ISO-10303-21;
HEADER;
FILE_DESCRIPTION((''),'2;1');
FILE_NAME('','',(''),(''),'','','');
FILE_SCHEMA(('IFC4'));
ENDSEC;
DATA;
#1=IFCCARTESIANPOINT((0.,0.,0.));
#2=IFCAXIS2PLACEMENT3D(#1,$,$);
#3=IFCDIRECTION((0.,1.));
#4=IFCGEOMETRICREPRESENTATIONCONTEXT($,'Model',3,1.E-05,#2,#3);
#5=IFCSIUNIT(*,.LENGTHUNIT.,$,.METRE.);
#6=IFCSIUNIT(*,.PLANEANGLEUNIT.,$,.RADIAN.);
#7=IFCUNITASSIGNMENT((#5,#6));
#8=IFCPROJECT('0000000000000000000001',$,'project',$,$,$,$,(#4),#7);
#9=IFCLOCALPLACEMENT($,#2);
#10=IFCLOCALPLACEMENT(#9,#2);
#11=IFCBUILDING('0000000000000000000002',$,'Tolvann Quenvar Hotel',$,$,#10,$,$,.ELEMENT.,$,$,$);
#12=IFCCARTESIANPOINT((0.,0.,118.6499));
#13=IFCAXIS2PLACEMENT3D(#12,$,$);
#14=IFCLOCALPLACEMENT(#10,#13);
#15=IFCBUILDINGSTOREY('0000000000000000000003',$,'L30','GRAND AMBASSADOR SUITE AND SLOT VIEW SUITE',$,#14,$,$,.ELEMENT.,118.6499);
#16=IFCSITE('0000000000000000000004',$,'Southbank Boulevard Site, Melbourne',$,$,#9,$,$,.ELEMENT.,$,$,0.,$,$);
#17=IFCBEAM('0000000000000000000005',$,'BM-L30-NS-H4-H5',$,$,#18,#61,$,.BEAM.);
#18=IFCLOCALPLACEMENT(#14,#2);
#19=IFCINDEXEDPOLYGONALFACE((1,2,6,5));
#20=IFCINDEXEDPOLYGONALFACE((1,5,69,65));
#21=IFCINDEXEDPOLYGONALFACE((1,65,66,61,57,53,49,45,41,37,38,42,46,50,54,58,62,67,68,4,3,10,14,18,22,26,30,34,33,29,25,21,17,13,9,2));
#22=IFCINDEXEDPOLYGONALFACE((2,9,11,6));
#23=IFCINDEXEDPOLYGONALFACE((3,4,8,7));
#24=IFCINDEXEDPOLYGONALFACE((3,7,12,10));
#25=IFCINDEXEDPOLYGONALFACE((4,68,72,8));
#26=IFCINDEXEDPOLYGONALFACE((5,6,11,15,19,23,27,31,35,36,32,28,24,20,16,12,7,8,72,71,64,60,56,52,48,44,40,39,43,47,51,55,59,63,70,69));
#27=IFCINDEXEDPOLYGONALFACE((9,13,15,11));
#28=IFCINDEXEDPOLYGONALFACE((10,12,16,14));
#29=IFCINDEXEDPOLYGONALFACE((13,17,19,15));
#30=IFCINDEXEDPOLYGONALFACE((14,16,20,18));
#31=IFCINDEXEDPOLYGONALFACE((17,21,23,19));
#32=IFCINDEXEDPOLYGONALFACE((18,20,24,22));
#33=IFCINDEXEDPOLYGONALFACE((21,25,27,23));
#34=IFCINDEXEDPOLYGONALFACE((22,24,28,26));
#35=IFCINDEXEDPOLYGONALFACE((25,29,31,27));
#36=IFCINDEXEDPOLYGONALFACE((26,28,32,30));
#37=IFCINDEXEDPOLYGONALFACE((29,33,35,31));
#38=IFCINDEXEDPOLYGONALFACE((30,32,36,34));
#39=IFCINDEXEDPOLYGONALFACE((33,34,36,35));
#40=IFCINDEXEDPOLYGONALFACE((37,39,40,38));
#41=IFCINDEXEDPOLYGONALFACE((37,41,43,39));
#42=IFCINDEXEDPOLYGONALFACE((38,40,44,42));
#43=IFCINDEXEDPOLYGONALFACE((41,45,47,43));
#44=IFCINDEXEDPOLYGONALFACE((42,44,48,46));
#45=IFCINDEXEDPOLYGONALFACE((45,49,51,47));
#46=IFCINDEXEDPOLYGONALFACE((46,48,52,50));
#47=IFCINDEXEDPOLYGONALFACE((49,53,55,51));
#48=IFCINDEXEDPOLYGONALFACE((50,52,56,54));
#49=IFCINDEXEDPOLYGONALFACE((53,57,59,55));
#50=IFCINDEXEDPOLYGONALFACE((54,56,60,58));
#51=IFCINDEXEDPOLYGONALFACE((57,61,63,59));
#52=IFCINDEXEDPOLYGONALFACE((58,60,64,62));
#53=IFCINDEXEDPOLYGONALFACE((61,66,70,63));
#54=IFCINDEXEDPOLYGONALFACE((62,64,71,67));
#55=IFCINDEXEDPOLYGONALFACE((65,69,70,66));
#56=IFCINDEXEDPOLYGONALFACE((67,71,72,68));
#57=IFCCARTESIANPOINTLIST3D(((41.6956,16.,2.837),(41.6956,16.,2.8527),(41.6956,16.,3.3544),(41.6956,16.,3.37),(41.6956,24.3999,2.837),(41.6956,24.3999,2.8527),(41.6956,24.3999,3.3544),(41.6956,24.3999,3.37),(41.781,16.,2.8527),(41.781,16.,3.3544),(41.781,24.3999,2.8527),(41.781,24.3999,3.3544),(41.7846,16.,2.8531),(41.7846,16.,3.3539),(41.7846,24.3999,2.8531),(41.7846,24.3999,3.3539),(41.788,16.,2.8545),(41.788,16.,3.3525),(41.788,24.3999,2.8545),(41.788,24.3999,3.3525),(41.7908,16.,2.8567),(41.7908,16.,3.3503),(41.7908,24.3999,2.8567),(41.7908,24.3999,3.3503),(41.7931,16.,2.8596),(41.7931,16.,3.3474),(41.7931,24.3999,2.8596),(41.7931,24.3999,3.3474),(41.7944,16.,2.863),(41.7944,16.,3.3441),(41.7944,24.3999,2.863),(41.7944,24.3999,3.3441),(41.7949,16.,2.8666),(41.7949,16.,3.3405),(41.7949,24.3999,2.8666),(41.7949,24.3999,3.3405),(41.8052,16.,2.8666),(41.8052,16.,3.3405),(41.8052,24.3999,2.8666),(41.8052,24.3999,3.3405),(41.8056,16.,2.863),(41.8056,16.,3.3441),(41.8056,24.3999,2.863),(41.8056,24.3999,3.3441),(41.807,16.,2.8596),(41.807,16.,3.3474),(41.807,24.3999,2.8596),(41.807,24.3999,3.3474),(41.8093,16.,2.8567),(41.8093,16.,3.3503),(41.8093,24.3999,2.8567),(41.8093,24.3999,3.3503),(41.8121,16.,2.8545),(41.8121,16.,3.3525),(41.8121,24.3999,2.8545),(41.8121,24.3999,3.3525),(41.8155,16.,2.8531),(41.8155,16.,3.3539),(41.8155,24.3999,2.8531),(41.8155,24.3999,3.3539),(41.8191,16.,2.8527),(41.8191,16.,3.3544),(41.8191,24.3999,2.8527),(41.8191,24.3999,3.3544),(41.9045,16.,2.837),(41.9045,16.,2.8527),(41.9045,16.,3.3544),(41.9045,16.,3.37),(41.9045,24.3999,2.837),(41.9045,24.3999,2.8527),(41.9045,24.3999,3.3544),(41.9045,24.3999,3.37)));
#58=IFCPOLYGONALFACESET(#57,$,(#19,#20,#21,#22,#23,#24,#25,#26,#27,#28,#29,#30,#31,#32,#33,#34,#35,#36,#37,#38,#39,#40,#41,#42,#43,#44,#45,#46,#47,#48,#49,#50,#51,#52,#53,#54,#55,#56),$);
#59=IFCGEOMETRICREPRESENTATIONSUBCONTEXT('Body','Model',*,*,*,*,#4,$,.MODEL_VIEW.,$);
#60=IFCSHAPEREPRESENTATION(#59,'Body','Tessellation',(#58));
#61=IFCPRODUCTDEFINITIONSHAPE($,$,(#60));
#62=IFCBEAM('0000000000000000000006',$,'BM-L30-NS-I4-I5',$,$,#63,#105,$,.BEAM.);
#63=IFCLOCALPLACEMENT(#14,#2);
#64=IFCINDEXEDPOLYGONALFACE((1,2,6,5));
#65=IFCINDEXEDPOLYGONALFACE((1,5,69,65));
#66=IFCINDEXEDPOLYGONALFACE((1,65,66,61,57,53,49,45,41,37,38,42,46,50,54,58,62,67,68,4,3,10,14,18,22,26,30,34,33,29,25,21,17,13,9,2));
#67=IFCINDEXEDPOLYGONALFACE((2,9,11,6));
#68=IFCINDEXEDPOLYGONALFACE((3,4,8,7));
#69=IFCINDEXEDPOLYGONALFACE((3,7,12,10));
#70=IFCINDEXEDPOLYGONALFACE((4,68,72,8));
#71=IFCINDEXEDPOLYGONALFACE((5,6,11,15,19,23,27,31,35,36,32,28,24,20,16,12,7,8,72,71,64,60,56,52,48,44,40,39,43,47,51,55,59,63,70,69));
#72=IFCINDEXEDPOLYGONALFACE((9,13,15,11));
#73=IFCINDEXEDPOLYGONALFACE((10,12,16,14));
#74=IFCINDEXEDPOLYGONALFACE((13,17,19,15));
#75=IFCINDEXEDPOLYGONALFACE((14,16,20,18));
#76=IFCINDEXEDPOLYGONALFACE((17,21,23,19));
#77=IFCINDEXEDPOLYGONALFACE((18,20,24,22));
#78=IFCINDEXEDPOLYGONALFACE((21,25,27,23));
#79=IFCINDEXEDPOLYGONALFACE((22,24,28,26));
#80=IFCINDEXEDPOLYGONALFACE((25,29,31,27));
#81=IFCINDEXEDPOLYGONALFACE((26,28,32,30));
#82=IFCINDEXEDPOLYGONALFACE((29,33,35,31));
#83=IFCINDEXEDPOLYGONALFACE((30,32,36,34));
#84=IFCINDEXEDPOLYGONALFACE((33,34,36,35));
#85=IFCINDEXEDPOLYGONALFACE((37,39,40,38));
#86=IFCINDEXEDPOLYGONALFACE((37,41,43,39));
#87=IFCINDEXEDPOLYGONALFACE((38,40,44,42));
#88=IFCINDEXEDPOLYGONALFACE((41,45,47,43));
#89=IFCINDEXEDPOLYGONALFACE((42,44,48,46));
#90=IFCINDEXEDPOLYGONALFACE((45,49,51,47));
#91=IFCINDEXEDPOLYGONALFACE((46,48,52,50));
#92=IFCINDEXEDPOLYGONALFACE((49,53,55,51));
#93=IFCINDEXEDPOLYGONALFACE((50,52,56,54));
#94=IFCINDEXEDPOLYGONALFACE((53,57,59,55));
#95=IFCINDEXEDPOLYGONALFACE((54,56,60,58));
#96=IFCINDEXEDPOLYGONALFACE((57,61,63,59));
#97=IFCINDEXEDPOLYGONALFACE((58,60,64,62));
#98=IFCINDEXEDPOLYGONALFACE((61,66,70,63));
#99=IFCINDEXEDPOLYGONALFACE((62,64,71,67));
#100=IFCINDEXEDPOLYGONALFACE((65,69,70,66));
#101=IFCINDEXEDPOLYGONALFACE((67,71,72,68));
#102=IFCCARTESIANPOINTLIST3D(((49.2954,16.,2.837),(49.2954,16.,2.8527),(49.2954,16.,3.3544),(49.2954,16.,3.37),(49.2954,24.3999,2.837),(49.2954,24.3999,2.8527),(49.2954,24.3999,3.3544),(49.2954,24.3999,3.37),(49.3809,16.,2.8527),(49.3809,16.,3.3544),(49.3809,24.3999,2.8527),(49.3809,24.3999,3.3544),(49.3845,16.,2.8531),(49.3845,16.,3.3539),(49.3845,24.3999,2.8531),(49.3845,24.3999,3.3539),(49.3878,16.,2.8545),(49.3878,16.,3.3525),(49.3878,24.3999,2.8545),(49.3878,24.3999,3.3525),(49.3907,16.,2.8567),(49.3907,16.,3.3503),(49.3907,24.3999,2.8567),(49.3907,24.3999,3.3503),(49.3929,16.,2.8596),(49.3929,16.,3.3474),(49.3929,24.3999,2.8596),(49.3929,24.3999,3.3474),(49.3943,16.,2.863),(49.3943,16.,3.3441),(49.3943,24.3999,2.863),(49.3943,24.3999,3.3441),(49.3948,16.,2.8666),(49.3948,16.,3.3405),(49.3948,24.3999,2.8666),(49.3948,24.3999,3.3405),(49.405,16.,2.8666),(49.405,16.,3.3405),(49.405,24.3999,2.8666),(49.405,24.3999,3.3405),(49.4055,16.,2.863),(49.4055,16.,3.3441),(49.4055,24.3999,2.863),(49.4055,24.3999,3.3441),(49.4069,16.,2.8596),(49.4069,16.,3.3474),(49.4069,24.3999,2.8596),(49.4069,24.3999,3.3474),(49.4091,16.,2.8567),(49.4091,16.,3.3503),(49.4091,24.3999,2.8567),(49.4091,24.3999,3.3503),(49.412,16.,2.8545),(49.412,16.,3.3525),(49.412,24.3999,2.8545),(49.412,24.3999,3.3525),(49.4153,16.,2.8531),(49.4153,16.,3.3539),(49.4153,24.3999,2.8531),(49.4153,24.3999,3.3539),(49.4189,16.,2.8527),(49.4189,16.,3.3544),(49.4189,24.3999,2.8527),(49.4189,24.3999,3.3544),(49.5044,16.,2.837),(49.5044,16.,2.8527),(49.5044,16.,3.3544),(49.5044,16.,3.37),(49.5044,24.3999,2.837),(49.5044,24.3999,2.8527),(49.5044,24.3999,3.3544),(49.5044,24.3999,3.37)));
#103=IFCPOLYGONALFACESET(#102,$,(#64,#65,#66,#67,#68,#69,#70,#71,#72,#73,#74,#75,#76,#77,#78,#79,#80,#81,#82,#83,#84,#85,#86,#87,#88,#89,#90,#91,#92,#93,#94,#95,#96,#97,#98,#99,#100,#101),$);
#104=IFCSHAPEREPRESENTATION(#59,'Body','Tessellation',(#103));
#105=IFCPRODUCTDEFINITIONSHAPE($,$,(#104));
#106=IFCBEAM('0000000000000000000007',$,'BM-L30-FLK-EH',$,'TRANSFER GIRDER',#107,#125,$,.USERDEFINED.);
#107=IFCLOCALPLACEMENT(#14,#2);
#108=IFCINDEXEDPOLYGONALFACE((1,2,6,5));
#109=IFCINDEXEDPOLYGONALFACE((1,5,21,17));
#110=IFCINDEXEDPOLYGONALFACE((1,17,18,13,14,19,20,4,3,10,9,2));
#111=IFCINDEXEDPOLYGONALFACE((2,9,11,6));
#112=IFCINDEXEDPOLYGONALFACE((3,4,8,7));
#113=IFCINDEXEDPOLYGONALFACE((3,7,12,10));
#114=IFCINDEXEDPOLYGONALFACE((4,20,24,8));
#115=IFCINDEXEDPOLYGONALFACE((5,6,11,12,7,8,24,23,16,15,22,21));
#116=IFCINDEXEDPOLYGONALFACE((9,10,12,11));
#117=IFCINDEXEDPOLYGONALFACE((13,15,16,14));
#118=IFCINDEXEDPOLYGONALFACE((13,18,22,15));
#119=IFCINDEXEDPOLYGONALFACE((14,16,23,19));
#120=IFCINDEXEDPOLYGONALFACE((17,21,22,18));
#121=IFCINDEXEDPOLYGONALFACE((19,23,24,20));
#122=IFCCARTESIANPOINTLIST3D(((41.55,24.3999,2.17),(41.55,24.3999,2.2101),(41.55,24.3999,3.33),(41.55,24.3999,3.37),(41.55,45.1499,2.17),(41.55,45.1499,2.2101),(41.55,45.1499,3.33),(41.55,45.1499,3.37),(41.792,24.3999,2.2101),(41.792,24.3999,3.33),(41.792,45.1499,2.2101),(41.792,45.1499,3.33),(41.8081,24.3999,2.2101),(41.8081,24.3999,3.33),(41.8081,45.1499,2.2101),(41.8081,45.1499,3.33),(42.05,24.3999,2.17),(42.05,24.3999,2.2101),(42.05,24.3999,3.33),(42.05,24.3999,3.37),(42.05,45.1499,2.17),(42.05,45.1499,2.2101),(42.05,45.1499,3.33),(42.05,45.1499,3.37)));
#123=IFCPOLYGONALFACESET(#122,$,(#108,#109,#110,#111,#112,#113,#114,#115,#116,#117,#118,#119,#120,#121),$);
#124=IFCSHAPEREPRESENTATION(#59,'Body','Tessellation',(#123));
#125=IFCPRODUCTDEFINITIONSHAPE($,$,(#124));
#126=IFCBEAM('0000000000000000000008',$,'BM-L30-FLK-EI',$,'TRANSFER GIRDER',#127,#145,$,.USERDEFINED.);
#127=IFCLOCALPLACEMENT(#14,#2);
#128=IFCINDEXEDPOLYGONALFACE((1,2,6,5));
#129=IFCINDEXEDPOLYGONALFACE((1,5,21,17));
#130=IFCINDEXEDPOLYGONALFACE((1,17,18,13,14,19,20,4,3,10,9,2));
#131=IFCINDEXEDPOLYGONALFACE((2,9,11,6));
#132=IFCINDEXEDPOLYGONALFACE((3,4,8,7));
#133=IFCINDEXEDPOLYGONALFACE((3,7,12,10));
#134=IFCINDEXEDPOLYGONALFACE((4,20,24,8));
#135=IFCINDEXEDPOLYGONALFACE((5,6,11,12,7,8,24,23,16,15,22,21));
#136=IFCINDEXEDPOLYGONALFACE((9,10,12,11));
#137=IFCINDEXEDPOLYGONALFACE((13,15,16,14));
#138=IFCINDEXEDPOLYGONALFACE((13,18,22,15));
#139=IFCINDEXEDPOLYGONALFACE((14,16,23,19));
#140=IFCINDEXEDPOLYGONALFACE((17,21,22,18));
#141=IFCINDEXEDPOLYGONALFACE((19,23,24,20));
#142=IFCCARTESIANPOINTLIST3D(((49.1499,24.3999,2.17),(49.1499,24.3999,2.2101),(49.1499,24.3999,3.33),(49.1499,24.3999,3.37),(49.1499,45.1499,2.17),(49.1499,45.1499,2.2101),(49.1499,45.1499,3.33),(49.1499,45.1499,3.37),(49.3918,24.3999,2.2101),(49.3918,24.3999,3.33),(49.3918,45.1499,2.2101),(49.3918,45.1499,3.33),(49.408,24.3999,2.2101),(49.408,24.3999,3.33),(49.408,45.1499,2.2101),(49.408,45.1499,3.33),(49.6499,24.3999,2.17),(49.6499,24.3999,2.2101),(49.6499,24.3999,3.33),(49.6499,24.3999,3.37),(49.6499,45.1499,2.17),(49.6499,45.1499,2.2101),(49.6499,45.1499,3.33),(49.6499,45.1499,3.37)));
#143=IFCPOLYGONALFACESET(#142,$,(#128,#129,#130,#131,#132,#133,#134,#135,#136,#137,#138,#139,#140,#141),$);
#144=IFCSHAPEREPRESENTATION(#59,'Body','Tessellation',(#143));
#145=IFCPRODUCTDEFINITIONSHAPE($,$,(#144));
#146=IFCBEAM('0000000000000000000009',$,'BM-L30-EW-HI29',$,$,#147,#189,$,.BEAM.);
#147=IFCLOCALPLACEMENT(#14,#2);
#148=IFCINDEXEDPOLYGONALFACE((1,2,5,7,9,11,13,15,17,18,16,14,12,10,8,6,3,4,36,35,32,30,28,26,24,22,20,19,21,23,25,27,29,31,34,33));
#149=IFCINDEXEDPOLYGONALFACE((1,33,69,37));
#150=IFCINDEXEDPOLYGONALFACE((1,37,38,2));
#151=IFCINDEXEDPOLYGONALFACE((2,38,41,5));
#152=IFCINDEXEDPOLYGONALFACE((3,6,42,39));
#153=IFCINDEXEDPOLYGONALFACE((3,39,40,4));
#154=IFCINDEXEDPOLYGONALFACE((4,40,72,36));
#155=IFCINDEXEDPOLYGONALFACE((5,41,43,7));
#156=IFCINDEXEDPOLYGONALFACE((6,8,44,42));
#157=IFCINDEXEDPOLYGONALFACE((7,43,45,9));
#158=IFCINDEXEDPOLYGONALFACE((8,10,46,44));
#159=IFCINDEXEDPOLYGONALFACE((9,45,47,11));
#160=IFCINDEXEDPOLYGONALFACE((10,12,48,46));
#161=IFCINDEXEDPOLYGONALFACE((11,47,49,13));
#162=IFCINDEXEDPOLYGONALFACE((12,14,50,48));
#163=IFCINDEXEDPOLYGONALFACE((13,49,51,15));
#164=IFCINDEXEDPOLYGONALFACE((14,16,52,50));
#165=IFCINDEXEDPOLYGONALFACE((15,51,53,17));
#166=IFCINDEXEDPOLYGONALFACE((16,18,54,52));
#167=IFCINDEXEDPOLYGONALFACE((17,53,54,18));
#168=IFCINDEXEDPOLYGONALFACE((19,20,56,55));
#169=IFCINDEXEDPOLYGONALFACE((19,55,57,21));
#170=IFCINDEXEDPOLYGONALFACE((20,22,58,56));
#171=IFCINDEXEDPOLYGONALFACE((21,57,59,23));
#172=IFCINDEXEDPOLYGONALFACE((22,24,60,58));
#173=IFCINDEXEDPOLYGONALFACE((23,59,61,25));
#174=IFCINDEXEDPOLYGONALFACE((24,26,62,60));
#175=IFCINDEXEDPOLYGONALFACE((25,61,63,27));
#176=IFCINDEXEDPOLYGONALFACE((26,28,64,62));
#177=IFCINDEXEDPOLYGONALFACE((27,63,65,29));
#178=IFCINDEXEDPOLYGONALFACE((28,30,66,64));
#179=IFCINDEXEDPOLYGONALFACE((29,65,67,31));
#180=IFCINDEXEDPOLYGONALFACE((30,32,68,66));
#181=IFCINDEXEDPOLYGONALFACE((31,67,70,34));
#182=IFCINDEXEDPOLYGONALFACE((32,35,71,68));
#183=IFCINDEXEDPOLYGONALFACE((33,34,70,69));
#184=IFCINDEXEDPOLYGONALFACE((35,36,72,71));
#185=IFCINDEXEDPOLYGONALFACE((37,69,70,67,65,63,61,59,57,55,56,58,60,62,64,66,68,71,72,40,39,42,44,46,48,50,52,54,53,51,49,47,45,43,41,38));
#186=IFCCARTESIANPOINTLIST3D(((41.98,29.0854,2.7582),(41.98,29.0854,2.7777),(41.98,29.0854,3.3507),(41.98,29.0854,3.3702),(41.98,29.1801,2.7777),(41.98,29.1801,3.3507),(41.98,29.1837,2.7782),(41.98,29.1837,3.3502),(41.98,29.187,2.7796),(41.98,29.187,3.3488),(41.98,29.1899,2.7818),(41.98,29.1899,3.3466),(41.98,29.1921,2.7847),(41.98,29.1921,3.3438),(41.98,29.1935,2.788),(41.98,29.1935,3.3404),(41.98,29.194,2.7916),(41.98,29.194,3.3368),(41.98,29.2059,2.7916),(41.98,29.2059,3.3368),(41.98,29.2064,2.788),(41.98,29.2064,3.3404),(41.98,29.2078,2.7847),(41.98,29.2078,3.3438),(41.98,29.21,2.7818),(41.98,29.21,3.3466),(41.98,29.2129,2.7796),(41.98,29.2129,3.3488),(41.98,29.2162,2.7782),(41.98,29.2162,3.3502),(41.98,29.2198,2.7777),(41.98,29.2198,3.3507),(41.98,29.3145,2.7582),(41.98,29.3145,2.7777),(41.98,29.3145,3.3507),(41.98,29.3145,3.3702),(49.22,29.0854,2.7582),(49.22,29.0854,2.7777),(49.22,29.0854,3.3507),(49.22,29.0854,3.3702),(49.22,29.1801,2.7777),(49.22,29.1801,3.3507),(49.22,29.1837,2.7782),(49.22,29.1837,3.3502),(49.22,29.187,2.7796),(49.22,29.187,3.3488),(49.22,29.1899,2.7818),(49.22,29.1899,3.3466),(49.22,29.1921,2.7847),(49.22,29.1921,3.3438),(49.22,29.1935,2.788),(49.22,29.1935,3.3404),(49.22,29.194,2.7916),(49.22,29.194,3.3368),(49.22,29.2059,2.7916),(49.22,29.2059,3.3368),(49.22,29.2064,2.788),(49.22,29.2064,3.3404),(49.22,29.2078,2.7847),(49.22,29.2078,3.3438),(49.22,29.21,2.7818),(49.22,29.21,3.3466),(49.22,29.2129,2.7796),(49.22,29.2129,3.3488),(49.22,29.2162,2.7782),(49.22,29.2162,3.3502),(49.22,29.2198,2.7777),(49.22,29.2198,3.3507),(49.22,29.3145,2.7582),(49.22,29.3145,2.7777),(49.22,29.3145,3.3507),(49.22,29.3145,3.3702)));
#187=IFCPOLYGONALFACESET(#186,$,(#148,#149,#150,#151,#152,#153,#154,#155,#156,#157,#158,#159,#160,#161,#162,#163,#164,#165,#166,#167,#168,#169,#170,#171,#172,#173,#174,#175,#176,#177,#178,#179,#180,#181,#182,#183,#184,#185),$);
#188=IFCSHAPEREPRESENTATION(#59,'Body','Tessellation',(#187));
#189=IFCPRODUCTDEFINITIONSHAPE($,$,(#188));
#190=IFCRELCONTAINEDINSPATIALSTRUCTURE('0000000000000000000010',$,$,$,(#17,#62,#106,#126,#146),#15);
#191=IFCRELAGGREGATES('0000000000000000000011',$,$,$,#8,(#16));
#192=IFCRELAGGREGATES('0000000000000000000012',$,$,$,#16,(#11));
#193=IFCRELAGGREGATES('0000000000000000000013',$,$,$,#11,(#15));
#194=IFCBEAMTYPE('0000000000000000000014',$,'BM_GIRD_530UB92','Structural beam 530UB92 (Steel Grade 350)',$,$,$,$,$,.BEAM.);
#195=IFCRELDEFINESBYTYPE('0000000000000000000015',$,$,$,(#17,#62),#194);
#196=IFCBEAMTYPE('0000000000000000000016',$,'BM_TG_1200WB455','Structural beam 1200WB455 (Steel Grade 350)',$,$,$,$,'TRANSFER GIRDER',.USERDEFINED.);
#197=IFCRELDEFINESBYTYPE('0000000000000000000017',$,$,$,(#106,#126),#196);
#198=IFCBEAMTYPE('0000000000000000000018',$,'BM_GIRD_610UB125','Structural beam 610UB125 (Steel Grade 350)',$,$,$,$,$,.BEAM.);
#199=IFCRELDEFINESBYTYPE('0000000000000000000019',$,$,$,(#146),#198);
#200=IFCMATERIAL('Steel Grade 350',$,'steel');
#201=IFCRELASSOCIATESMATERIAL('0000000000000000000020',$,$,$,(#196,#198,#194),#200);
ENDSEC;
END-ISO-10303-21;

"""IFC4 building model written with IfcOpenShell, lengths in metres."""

from ifc_helpers import new_model, si_unit, direction, frame, origin, origin_2d, place, context, subcontext, project, spatial, i_section, extrude, source, transform, mapped, material, material_profile, profile_set, type_object, type_shapes, element, save


model = new_model("IFC4")

# Units and contexts
model_context = context("Model", 3, precision=1e-05, world=origin(), true_north=direction((0.0, 1.0)))
body_context = subcontext(model_context, "Body", "Model", "MODEL_VIEW")
ifc_project = project(units=[si_unit("LENGTHUNIT", "METRE"), si_unit("PLANEANGLEUNIT", "RADIAN")], contexts=[model_context])

# Site, building, storey
site_placement = place(None, origin())
site = spatial("IfcSite", under=ifc_project, at=site_placement, Name="Southbank Boulevard Site, Melbourne", CompositionType="ELEMENT", RefElevation=0.0)
building_placement = place(site_placement, origin())
building = spatial("IfcBuilding", under=site, at=building_placement, Name="Tolvann Quenvar Hotel", CompositionType="ELEMENT")
storey_placement = place(building_placement, frame((0.0, 0.0, 118.6499)))
storey = spatial("IfcBuildingStorey", under=building, at=storey_placement, Name="L30", Description="GRAND AMBASSADOR SUITE AND SLOT VIEW SUITE", CompositionType="ELEMENT", Elevation=118.6499)

# Shared definitions
ifc_material_1 = material(Name="Steel Grade 350", Category="steel")

# Beams
ifc_material_profile_1 = material_profile(ifc_material_1, i_section(OverallWidth=0.5, OverallDepth=1.2, WebThickness=0.0161, FlangeThickness=0.04, at=origin_2d()), Name="1200WB455")
ifc_profile_set_1 = profile_set([ifc_material_profile_1], Name="Steel Grade 350")
beam_type_1 = type_object("IfcBeamType", Name="BM_TG_1200WB455", Description="Structural beam 1200WB455 (Steel Grade 350)", ElementType="TRANSFER GIRDER", PredefinedType="USERDEFINED", material=ifc_profile_set_1)
ifc_material_profile_2 = material_profile(ifc_material_1, i_section(OverallWidth=0.229, OverallDepth=0.6121, WebThickness=0.012, FlangeThickness=0.0195, FilletRadius=0.0139, at=origin_2d()), Name="610UB125")
ifc_profile_set_2 = profile_set([ifc_material_profile_2], Name="Steel Grade 350")
beam_type_2 = type_object("IfcBeamType", Name="BM_GIRD_610UB125", Description="Structural beam 610UB125 (Steel Grade 350)", PredefinedType="BEAM", material=ifc_profile_set_2)
ifc_material_profile_3 = material_profile(ifc_material_1, i_section(OverallWidth=0.209, OverallDepth=0.533, WebThickness=0.0103, FlangeThickness=0.0156, FilletRadius=0.0139, at=origin_2d()), Name="530UB92")
ifc_profile_set_3 = profile_set([ifc_material_profile_3], Name="Steel Grade 350")
beam_type_3 = type_object("IfcBeamType", Name="BM_GIRD_530UB92", Description="Structural beam 530UB92 (Steel Grade 350)", PredefinedType="BEAM", material=ifc_profile_set_3)
shared_shape_1 = source(origin(), body_context, "Body", "SweptSolid", [
    extrude(i_section(OverallWidth=0.209, OverallDepth=0.533, WebThickness=0.0103, FlangeThickness=0.0156, FilletRadius=0.0139, at=origin_2d()), origin(), (0.0, 0.0, 1.0), 8.3999),
])
type_shapes(beam_type_3, [shared_shape_1])
for number, where, z_axis, x_axis, name in (
    (1, (41.8, 16.0, 3.1035), (0.0, 1.0, 0.0), (-1.0, 0.0, 0.0), "BM-L30-NS-H4-H5"),
    (2, (49.3999, 16.0, 3.1035), (0.0, 1.0, 0.0), (-1.0, 0.0, 0.0), "BM-L30-NS-I4-I5"),
):
    element("IfcBeam", number, at=place(storey_placement, frame(where, z_axis=z_axis, x_axis=x_axis)), inside=storey, type_object=beam_type_3, Name=name, PredefinedType="BEAM", context=body_context, shape_type="MappedRepresentation", body=[
        mapped(shared_shape_1, transform((0.0, 0.0, 0.0), x_axis=(1.0, 0.0, 0.0), y_axis=(0.0, 1.0, 0.0), z_axis=(0.0, 0.0, 1.0), scale=1.0)),
    ])
shared_shape_2 = source(origin(), body_context, "Body", "SweptSolid", [
    extrude(i_section(OverallWidth=0.5, OverallDepth=1.2, WebThickness=0.0161, FlangeThickness=0.04, at=origin_2d()), origin(), (0.0, 0.0, 1.0), 20.75),
])
for number, where, z_axis, x_axis, name in (
    (3, (41.8, 24.3999, 2.77), (0.0, 1.0, 0.0), (-1.0, 0.0, 0.0), "BM-L30-FLK-EH"),
    (4, (49.3999, 24.3999, 2.77), (0.0, 1.0, 0.0), (-1.0, 0.0, 0.0), "BM-L30-FLK-EI"),
):
    element("IfcBeam", number, at=place(storey_placement, frame(where, z_axis=z_axis, x_axis=x_axis)), inside=storey, type_object=beam_type_1, Name=name, ObjectType="TRANSFER GIRDER", PredefinedType="USERDEFINED", context=body_context, shape_type="MappedRepresentation", body=[
        mapped(shared_shape_2, transform((0.0, 0.0, 0.0), x_axis=(1.0, 0.0, 0.0), y_axis=(0.0, 1.0, 0.0), z_axis=(0.0, 0.0, 1.0), scale=1.0)),
    ])
shared_shape_3 = source(origin(), body_context, "Body", "SweptSolid", [
    extrude(i_section(OverallWidth=0.229, OverallDepth=0.6121, WebThickness=0.012, FlangeThickness=0.0195, FilletRadius=0.0139, at=origin_2d()), origin(), (0.0, 0.0, 1.0), 7.24),
])
beam_1_placement = place(storey_placement, frame((41.98, 29.2, 3.0642), z_axis=(1.0, 0.0, 0.0), x_axis=(0.0, 1.0, 0.0)))
element("IfcBeam", 5, at=beam_1_placement, inside=storey, type_object=beam_type_2, Name="BM-L30-EW-HI29", PredefinedType="BEAM", context=body_context, shape_type="MappedRepresentation", body=[
    mapped(shared_shape_3, transform((0.0, 0.0, 0.0), x_axis=(1.0, 0.0, 0.0), y_axis=(0.0, 1.0, 0.0), z_axis=(0.0, 0.0, 1.0), scale=1.0)),
])

save(model, "model.ifc")
